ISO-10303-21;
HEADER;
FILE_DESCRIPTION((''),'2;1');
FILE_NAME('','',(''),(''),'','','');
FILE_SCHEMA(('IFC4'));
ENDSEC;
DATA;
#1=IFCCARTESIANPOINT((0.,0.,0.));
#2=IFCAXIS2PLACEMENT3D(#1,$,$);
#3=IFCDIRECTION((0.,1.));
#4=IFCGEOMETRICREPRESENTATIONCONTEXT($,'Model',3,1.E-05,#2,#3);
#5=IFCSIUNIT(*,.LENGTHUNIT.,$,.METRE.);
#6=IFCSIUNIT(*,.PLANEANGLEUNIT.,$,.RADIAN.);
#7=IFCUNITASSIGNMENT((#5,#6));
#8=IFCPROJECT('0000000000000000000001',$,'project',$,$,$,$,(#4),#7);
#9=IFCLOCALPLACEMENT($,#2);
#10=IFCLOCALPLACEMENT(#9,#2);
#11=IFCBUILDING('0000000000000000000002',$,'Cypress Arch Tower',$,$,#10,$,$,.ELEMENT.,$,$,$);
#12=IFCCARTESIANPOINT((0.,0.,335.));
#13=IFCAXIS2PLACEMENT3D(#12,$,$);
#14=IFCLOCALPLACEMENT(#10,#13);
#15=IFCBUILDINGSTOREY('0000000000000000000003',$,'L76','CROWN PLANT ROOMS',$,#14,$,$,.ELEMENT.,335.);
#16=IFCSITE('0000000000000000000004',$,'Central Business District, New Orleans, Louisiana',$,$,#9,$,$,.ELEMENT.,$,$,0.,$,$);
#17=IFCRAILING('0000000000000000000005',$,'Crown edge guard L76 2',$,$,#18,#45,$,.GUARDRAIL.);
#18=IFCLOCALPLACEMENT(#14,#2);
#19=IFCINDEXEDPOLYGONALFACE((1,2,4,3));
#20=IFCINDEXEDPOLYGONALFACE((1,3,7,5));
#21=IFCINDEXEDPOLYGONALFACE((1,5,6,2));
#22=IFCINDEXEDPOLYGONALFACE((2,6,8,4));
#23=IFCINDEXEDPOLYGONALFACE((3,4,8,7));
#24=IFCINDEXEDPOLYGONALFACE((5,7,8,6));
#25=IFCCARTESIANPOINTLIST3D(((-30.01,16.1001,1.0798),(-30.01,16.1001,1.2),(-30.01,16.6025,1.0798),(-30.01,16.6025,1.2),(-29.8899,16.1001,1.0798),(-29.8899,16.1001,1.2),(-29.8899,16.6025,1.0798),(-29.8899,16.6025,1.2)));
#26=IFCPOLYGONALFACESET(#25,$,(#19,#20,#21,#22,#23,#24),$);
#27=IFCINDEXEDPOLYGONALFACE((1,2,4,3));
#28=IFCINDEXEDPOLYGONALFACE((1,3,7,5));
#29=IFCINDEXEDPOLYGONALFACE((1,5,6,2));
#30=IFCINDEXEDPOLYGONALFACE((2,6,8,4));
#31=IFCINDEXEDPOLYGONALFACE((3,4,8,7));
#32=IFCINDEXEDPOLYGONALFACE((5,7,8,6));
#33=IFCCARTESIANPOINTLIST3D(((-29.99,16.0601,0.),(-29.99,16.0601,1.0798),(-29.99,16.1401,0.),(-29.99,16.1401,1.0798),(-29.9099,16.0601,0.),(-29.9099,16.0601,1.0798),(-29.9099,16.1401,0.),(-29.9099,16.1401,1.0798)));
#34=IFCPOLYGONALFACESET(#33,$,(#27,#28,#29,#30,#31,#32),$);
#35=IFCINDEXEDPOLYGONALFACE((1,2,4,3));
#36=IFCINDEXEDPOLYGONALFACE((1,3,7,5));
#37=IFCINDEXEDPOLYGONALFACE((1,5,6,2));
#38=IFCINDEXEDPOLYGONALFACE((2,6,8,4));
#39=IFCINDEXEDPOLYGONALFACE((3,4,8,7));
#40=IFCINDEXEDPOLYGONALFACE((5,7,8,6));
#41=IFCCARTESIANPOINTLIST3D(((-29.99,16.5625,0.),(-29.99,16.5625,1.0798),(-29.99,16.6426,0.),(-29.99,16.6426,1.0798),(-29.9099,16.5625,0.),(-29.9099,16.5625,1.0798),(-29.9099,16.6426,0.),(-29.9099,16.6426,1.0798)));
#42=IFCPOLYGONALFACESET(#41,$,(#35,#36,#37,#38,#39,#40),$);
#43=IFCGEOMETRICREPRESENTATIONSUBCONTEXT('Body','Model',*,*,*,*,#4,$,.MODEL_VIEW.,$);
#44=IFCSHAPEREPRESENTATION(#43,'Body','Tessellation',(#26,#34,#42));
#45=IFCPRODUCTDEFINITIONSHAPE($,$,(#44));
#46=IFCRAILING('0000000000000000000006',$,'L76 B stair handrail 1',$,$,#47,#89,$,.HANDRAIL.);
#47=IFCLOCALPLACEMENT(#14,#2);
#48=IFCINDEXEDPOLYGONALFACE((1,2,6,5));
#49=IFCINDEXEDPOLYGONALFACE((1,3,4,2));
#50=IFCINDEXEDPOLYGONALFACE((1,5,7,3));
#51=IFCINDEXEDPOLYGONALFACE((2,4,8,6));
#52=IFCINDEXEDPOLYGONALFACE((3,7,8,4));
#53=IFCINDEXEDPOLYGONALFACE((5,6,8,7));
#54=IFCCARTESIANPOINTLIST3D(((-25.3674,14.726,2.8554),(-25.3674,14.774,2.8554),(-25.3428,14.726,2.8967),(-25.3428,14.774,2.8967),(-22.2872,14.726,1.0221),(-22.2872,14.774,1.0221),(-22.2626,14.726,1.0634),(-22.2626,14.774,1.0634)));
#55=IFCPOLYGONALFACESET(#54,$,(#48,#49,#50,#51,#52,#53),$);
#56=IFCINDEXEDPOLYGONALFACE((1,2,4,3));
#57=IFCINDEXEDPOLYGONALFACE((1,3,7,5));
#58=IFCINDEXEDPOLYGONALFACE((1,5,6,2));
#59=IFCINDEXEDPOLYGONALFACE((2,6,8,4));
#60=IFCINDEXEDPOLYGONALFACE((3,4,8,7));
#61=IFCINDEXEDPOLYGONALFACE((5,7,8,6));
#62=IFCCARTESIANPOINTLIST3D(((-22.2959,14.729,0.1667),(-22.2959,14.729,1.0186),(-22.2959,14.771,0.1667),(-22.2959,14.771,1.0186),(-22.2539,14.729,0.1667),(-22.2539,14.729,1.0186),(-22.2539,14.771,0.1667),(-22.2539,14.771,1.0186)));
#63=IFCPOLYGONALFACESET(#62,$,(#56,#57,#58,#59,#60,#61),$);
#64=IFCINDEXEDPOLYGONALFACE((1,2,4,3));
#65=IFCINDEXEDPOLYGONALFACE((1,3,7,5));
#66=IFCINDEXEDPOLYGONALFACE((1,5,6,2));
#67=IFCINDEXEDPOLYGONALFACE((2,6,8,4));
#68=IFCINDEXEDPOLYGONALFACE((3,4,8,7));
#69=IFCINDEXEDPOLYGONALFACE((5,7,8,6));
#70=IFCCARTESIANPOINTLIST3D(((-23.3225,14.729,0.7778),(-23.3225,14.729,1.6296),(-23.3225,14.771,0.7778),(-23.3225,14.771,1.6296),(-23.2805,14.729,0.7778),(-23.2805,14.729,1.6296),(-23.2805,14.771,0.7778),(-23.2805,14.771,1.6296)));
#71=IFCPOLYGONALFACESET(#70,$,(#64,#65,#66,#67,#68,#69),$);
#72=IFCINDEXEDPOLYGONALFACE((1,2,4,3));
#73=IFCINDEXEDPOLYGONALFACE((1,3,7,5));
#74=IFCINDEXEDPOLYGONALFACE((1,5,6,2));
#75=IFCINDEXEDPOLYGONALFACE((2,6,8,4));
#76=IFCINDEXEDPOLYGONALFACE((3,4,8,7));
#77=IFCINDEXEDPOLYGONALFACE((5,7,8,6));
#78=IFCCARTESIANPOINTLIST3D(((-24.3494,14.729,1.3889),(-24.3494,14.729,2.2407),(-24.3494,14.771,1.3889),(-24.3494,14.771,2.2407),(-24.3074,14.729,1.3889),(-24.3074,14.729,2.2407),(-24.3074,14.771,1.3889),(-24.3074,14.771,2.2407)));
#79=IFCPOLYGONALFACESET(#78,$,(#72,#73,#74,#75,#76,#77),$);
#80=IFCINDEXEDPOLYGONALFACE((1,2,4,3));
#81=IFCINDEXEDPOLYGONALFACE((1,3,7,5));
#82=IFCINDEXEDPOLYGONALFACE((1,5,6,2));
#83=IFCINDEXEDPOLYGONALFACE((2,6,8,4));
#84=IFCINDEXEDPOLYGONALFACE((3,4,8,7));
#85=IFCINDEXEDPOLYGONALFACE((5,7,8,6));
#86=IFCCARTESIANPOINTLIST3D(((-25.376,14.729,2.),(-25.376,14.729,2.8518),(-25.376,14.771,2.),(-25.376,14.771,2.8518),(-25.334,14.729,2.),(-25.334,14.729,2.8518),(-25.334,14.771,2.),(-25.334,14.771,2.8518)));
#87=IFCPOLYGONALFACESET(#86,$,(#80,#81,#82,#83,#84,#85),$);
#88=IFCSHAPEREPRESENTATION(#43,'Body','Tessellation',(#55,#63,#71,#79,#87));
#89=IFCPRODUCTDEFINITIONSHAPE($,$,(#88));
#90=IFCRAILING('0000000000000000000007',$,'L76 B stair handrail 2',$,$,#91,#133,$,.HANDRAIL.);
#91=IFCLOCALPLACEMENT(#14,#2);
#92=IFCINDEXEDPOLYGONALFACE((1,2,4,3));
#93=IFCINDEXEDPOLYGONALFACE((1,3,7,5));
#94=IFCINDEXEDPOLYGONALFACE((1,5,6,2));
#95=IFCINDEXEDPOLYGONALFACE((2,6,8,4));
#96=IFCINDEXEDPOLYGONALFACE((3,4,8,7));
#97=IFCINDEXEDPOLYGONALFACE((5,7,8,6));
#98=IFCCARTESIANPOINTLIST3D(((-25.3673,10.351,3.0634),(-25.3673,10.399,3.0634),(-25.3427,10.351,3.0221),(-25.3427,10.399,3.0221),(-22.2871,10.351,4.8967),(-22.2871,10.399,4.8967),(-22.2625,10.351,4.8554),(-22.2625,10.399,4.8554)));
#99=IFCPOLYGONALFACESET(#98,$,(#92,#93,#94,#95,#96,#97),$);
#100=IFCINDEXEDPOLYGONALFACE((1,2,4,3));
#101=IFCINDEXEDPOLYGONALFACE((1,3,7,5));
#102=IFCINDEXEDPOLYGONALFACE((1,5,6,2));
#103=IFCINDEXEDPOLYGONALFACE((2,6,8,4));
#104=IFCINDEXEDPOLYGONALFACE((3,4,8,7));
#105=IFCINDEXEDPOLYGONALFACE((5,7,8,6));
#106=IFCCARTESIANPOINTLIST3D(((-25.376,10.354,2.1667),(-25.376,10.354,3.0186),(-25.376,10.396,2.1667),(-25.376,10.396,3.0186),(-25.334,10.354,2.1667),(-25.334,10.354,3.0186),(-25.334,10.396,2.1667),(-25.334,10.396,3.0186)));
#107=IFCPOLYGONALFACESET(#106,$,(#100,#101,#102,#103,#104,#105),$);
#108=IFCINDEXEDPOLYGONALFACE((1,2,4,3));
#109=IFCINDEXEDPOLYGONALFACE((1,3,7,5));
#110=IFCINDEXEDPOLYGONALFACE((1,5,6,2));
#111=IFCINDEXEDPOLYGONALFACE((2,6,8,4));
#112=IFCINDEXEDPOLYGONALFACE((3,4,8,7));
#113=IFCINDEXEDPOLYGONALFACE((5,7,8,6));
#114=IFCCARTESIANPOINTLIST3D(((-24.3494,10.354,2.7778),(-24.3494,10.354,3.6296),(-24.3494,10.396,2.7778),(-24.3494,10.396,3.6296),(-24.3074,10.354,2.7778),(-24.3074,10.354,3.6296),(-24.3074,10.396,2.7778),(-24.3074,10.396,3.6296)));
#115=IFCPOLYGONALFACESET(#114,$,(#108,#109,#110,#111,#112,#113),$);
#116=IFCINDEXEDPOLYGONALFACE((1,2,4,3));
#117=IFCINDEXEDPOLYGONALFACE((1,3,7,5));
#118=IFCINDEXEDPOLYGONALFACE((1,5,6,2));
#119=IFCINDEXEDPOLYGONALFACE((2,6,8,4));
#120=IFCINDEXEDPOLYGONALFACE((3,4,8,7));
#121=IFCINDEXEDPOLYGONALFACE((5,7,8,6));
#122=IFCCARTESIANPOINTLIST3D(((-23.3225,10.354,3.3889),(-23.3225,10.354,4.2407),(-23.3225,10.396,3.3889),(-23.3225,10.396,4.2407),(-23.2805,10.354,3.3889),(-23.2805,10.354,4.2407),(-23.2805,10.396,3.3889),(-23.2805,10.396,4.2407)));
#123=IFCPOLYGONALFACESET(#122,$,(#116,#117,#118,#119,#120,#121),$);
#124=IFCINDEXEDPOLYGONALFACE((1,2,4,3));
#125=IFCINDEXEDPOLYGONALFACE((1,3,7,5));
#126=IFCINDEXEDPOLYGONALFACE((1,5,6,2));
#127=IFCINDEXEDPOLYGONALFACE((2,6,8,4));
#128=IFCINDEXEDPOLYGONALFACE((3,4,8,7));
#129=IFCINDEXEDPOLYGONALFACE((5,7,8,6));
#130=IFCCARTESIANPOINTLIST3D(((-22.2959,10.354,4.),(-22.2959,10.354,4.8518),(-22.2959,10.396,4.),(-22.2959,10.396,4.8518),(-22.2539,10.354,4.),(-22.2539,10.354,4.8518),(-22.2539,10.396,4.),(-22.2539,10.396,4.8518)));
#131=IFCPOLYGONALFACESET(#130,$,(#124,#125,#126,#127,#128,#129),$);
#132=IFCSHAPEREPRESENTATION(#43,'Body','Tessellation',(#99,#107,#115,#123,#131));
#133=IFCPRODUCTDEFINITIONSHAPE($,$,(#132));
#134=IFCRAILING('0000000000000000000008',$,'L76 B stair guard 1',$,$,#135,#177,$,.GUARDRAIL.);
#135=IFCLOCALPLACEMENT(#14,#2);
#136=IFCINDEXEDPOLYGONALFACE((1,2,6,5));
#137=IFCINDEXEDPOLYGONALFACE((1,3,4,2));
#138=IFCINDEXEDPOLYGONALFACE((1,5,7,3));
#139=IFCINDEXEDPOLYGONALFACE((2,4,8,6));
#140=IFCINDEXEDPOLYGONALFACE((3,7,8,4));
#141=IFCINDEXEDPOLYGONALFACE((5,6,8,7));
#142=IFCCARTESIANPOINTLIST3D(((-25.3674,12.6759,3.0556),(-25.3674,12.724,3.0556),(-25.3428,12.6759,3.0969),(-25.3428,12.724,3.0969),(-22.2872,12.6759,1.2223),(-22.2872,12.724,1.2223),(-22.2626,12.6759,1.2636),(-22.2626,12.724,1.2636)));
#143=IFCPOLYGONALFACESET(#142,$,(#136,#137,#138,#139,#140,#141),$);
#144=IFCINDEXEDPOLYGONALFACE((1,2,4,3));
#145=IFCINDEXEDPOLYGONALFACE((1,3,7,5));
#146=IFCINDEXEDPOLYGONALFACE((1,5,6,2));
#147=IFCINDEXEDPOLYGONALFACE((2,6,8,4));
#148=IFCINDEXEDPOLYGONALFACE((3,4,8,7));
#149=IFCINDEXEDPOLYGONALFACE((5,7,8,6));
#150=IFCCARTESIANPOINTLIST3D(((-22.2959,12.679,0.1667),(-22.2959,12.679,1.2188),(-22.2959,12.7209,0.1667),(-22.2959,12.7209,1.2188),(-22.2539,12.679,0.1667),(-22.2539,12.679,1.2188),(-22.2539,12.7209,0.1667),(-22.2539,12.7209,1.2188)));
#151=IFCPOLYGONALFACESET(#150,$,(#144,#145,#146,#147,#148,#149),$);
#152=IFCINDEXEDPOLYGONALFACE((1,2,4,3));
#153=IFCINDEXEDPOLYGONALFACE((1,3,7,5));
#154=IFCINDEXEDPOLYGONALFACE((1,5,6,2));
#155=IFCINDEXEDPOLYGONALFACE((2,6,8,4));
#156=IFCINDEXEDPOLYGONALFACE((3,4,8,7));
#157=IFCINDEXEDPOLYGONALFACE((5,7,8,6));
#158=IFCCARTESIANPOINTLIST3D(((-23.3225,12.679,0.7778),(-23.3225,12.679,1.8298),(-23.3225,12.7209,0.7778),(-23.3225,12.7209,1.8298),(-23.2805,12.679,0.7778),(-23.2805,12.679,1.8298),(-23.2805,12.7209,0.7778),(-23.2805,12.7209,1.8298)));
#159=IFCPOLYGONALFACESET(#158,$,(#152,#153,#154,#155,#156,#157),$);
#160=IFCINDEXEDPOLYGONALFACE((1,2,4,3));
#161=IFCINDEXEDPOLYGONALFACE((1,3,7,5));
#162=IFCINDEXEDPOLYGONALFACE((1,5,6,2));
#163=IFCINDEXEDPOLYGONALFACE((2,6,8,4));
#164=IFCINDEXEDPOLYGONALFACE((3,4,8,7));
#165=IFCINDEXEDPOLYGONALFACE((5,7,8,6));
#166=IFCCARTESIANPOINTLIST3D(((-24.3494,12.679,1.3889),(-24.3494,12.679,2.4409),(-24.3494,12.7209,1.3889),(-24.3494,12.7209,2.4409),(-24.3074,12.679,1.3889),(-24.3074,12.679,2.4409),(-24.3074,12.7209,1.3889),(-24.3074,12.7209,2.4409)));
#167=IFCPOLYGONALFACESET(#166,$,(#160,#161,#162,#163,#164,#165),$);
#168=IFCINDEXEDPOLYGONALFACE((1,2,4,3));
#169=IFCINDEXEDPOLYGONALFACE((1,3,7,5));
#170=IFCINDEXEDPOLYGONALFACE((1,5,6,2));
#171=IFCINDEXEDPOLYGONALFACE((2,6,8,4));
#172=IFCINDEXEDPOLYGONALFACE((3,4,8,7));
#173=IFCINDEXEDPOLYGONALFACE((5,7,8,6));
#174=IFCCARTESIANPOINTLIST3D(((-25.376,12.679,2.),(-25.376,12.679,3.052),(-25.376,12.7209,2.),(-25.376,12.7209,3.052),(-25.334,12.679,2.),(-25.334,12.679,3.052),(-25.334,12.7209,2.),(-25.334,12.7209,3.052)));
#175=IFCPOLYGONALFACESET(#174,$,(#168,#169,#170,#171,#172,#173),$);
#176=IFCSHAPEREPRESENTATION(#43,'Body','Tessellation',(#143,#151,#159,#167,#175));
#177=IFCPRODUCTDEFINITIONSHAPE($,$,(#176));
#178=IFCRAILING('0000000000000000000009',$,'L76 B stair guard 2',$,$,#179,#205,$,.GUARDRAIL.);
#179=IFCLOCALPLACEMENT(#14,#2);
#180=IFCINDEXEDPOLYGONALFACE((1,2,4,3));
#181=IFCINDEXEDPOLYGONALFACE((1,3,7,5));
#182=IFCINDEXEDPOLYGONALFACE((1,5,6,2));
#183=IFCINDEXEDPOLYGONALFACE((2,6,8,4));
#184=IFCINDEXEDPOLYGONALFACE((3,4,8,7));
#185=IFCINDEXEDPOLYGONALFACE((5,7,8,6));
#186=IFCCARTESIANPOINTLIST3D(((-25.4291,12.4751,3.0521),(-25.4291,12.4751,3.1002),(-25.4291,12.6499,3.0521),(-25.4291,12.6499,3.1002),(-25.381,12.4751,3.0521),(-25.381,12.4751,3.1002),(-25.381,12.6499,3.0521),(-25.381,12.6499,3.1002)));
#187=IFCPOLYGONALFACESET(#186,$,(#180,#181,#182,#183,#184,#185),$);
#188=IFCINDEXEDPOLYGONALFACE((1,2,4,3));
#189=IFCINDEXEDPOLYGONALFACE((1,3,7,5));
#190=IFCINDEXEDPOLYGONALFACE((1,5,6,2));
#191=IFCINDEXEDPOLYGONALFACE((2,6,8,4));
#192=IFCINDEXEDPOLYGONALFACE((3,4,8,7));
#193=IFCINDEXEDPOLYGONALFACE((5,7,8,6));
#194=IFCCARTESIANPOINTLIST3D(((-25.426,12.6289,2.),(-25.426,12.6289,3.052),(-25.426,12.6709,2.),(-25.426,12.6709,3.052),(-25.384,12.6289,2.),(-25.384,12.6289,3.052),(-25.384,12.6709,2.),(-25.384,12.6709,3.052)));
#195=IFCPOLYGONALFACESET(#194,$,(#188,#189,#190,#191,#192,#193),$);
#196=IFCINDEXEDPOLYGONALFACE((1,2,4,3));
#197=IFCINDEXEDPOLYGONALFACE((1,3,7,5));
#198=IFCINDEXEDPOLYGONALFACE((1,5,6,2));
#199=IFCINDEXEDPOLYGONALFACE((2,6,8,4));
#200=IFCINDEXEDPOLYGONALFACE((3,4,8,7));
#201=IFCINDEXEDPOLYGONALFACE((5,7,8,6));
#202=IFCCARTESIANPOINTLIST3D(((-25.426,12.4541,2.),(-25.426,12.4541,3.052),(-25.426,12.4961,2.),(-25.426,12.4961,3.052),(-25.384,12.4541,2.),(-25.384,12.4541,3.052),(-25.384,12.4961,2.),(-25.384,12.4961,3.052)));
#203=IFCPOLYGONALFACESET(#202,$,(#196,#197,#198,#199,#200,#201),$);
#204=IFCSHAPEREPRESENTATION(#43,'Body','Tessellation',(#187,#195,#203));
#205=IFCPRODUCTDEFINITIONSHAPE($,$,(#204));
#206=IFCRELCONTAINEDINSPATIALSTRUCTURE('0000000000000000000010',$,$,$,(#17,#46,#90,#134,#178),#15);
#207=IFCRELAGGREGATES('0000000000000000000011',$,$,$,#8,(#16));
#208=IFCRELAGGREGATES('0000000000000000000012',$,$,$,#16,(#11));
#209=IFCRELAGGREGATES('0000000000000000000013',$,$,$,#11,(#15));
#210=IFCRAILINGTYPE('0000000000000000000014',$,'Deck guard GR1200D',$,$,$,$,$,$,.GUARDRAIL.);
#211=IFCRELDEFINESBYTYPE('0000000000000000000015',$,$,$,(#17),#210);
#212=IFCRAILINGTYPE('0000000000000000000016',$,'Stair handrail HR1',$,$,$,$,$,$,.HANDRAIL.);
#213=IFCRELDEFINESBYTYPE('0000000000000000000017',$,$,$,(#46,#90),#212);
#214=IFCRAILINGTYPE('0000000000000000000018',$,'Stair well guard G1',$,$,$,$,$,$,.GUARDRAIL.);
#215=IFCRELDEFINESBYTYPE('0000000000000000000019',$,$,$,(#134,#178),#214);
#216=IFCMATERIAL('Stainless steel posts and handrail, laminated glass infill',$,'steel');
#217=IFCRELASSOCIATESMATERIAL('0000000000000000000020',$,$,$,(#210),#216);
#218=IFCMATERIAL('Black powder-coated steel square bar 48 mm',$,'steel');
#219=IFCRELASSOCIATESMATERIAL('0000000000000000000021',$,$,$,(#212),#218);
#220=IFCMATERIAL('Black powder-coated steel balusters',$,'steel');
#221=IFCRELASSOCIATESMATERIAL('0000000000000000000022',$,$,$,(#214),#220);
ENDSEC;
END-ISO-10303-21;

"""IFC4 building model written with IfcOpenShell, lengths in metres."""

from ifc_helpers import new_model, si_unit, direction, frame, origin, origin_2d, place, context, subcontext, project, spatial, rectangle, extrude, material, type_object, element, save


model = new_model("IFC4")

# Units and contexts
model_context = context("Model", 3, precision=1e-05, world=origin(), true_north=direction((0.0, 1.0)))
body_context = subcontext(model_context, "Body", "Model", "MODEL_VIEW")
ifc_project = project(units=[si_unit("LENGTHUNIT", "METRE"), si_unit("PLANEANGLEUNIT", "RADIAN")], contexts=[model_context])

# Site, building, storey
site_placement = place(None, origin())
site = spatial("IfcSite", under=ifc_project, at=site_placement, Name="Central Business District, New Orleans, Louisiana", CompositionType="ELEMENT", RefElevation=0.0)
building_placement = place(site_placement, origin())
building = spatial("IfcBuilding", under=site, at=building_placement, Name="Cypress Arch Tower", CompositionType="ELEMENT")
storey_placement = place(building_placement, frame((0.0, 0.0, 335.0)))
storey = spatial("IfcBuildingStorey", under=building, at=storey_placement, Name="L76", Description="CROWN PLANT ROOMS", CompositionType="ELEMENT", Elevation=335.0)

# Railings
ifc_material_1 = material(Name="Stainless steel posts and handrail, laminated glass infill", Category="steel")
railing_type_1 = type_object("IfcRailingType", Name="Deck guard GR1200D", PredefinedType="GUARDRAIL", material=ifc_material_1)
railing_1_placement = place(storey_placement, frame((-29.95, 16.1001, 0.0)))
element("IfcRailing", 1, at=railing_1_placement, inside=storey, type_object=railing_type_1, Name="Crown edge guard L76 2", PredefinedType="GUARDRAIL", context=body_context, shape_type="SweptSolid", body=[
    extrude(rectangle(XDim=0.1201, YDim=0.1201, at=origin_2d()), frame((0.0, 0.0, 1.1399), z_axis=(0.0, 1.0, 0.0), x_axis=(-1.0, 0.0, 0.0)), (0.0, 0.0, 1.0), 0.5024),
    extrude(rectangle(XDim=0.0801, YDim=0.0801, at=origin_2d()), origin(), (0.0, 0.0, 1.0), 1.0798),
    extrude(rectangle(XDim=0.0801, YDim=0.0801, at=origin_2d()), frame((0.0, 0.5024, 0.0)), (0.0, 0.0, 1.0), 1.0798),
])
ifc_material_2 = material(Name="Black powder-coated steel square bar 48 mm", Category="steel")
railing_type_2 = type_object("IfcRailingType", Name="Stair handrail HR1", PredefinedType="HANDRAIL", material=ifc_material_2)
railing_2_placement = place(storey_placement, frame((-22.2749, 14.75, 0.1667)))
element("IfcRailing", 2, at=railing_2_placement, inside=storey, type_object=railing_type_2, Name="L76 B stair handrail 1", PredefinedType="HANDRAIL", context=body_context, shape_type="SweptSolid", body=[
    extrude(rectangle(XDim=0.0481, YDim=0.0481, at=origin_2d()), frame((0.0, 0.0, 0.876), z_axis=(-0.859309, 0.0, 0.511458), x_axis=(0.0, -1.0, 0.0)), (0.0, 0.0, 1.0), 3.5845),
    extrude(rectangle(XDim=0.042, YDim=0.042, at=origin_2d()), origin(), (0.0, 0.0, 1.0), 0.8518),
    extrude(rectangle(XDim=0.042, YDim=0.042, at=origin_2d()), frame((-1.0266, 0.0, 0.6111)), (0.0, 0.0, 1.0), 0.8518),
    extrude(rectangle(XDim=0.042, YDim=0.042, at=origin_2d()), frame((-2.0535, 0.0, 1.2222)), (0.0, 0.0, 1.0), 0.8518),
    extrude(rectangle(XDim=0.042, YDim=0.042, at=origin_2d()), frame((-3.0801, 0.0, 1.8333)), (0.0, 0.0, 1.0), 0.8518),
])
railing_3_placement = place(storey_placement, frame((-25.355, 10.375, 2.1667)))
element("IfcRailing", 3, at=railing_3_placement, inside=storey, type_object=railing_type_2, Name="L76 B stair handrail 2", PredefinedType="HANDRAIL", context=body_context, shape_type="SweptSolid", body=[
    extrude(rectangle(XDim=0.0481, YDim=0.0481, at=origin_2d()), frame((0.0, 0.0, 0.876), z_axis=(0.859309, 0.0, 0.511458), x_axis=(0.0, 1.0, 0.0)), (0.0, 0.0, 1.0), 3.5845),
    extrude(rectangle(XDim=0.042, YDim=0.042, at=origin_2d()), origin(), (0.0, 0.0, 1.0), 0.8518),
    extrude(rectangle(XDim=0.042, YDim=0.042, at=origin_2d()), frame((1.0266, 0.0, 0.6111)), (0.0, 0.0, 1.0), 0.8518),
    extrude(rectangle(XDim=0.042, YDim=0.042, at=origin_2d()), frame((2.0535, 0.0, 1.2222)), (0.0, 0.0, 1.0), 0.8518),
    extrude(rectangle(XDim=0.042, YDim=0.042, at=origin_2d()), frame((3.0801, 0.0, 1.8333)), (0.0, 0.0, 1.0), 0.8518),
])
ifc_material_3 = material(Name="Black powder-coated steel balusters", Category="steel")
railing_type_3 = type_object("IfcRailingType", Name="Stair well guard G1", PredefinedType="GUARDRAIL", material=ifc_material_3)
railing_4_placement = place(storey_placement, frame((-22.2749, 12.7, 0.1667)))
element("IfcRailing", 4, at=railing_4_placement, inside=storey, type_object=railing_type_3, Name="L76 B stair guard 1", PredefinedType="GUARDRAIL", context=body_context, shape_type="SweptSolid", body=[
    extrude(rectangle(XDim=0.0481, YDim=0.0481, at=origin_2d()), frame((0.0, 0.0, 1.0762), z_axis=(-0.859309, 0.0, 0.511458), x_axis=(0.0, -1.0, 0.0)), (0.0, 0.0, 1.0), 3.5845),
    extrude(rectangle(XDim=0.042, YDim=0.042, at=origin_2d()), origin(), (0.0, 0.0, 1.0), 1.052),
    extrude(rectangle(XDim=0.042, YDim=0.042, at=origin_2d()), frame((-1.0266, 0.0, 0.6111)), (0.0, 0.0, 1.0), 1.052),
    extrude(rectangle(XDim=0.042, YDim=0.042, at=origin_2d()), frame((-2.0535, 0.0, 1.2222)), (0.0, 0.0, 1.0), 1.052),
    extrude(rectangle(XDim=0.042, YDim=0.042, at=origin_2d()), frame((-3.0801, 0.0, 1.8333)), (0.0, 0.0, 1.0), 1.052),
])
railing_5_placement = place(storey_placement, frame((-25.405, 12.6499, 2.0)))
element("IfcRailing", 5, at=railing_5_placement, inside=storey, type_object=railing_type_3, Name="L76 B stair guard 2", PredefinedType="GUARDRAIL", context=body_context, shape_type="SweptSolid", body=[
    extrude(rectangle(XDim=0.0481, YDim=0.0481, at=origin_2d()), frame((0.0, 0.0, 1.0762), z_axis=(0.0, -1.0, 0.0), x_axis=(1.0, 0.0, 0.0)), (0.0, 0.0, 1.0), 0.1748),
    extrude(rectangle(XDim=0.042, YDim=0.042, at=origin_2d()), origin(), (0.0, 0.0, 1.0), 1.052),
    extrude(rectangle(XDim=0.042, YDim=0.042, at=origin_2d()), frame((0.0, -0.1748, 0.0)), (0.0, 0.0, 1.0), 1.052),
])

save(model, "model.ifc")
